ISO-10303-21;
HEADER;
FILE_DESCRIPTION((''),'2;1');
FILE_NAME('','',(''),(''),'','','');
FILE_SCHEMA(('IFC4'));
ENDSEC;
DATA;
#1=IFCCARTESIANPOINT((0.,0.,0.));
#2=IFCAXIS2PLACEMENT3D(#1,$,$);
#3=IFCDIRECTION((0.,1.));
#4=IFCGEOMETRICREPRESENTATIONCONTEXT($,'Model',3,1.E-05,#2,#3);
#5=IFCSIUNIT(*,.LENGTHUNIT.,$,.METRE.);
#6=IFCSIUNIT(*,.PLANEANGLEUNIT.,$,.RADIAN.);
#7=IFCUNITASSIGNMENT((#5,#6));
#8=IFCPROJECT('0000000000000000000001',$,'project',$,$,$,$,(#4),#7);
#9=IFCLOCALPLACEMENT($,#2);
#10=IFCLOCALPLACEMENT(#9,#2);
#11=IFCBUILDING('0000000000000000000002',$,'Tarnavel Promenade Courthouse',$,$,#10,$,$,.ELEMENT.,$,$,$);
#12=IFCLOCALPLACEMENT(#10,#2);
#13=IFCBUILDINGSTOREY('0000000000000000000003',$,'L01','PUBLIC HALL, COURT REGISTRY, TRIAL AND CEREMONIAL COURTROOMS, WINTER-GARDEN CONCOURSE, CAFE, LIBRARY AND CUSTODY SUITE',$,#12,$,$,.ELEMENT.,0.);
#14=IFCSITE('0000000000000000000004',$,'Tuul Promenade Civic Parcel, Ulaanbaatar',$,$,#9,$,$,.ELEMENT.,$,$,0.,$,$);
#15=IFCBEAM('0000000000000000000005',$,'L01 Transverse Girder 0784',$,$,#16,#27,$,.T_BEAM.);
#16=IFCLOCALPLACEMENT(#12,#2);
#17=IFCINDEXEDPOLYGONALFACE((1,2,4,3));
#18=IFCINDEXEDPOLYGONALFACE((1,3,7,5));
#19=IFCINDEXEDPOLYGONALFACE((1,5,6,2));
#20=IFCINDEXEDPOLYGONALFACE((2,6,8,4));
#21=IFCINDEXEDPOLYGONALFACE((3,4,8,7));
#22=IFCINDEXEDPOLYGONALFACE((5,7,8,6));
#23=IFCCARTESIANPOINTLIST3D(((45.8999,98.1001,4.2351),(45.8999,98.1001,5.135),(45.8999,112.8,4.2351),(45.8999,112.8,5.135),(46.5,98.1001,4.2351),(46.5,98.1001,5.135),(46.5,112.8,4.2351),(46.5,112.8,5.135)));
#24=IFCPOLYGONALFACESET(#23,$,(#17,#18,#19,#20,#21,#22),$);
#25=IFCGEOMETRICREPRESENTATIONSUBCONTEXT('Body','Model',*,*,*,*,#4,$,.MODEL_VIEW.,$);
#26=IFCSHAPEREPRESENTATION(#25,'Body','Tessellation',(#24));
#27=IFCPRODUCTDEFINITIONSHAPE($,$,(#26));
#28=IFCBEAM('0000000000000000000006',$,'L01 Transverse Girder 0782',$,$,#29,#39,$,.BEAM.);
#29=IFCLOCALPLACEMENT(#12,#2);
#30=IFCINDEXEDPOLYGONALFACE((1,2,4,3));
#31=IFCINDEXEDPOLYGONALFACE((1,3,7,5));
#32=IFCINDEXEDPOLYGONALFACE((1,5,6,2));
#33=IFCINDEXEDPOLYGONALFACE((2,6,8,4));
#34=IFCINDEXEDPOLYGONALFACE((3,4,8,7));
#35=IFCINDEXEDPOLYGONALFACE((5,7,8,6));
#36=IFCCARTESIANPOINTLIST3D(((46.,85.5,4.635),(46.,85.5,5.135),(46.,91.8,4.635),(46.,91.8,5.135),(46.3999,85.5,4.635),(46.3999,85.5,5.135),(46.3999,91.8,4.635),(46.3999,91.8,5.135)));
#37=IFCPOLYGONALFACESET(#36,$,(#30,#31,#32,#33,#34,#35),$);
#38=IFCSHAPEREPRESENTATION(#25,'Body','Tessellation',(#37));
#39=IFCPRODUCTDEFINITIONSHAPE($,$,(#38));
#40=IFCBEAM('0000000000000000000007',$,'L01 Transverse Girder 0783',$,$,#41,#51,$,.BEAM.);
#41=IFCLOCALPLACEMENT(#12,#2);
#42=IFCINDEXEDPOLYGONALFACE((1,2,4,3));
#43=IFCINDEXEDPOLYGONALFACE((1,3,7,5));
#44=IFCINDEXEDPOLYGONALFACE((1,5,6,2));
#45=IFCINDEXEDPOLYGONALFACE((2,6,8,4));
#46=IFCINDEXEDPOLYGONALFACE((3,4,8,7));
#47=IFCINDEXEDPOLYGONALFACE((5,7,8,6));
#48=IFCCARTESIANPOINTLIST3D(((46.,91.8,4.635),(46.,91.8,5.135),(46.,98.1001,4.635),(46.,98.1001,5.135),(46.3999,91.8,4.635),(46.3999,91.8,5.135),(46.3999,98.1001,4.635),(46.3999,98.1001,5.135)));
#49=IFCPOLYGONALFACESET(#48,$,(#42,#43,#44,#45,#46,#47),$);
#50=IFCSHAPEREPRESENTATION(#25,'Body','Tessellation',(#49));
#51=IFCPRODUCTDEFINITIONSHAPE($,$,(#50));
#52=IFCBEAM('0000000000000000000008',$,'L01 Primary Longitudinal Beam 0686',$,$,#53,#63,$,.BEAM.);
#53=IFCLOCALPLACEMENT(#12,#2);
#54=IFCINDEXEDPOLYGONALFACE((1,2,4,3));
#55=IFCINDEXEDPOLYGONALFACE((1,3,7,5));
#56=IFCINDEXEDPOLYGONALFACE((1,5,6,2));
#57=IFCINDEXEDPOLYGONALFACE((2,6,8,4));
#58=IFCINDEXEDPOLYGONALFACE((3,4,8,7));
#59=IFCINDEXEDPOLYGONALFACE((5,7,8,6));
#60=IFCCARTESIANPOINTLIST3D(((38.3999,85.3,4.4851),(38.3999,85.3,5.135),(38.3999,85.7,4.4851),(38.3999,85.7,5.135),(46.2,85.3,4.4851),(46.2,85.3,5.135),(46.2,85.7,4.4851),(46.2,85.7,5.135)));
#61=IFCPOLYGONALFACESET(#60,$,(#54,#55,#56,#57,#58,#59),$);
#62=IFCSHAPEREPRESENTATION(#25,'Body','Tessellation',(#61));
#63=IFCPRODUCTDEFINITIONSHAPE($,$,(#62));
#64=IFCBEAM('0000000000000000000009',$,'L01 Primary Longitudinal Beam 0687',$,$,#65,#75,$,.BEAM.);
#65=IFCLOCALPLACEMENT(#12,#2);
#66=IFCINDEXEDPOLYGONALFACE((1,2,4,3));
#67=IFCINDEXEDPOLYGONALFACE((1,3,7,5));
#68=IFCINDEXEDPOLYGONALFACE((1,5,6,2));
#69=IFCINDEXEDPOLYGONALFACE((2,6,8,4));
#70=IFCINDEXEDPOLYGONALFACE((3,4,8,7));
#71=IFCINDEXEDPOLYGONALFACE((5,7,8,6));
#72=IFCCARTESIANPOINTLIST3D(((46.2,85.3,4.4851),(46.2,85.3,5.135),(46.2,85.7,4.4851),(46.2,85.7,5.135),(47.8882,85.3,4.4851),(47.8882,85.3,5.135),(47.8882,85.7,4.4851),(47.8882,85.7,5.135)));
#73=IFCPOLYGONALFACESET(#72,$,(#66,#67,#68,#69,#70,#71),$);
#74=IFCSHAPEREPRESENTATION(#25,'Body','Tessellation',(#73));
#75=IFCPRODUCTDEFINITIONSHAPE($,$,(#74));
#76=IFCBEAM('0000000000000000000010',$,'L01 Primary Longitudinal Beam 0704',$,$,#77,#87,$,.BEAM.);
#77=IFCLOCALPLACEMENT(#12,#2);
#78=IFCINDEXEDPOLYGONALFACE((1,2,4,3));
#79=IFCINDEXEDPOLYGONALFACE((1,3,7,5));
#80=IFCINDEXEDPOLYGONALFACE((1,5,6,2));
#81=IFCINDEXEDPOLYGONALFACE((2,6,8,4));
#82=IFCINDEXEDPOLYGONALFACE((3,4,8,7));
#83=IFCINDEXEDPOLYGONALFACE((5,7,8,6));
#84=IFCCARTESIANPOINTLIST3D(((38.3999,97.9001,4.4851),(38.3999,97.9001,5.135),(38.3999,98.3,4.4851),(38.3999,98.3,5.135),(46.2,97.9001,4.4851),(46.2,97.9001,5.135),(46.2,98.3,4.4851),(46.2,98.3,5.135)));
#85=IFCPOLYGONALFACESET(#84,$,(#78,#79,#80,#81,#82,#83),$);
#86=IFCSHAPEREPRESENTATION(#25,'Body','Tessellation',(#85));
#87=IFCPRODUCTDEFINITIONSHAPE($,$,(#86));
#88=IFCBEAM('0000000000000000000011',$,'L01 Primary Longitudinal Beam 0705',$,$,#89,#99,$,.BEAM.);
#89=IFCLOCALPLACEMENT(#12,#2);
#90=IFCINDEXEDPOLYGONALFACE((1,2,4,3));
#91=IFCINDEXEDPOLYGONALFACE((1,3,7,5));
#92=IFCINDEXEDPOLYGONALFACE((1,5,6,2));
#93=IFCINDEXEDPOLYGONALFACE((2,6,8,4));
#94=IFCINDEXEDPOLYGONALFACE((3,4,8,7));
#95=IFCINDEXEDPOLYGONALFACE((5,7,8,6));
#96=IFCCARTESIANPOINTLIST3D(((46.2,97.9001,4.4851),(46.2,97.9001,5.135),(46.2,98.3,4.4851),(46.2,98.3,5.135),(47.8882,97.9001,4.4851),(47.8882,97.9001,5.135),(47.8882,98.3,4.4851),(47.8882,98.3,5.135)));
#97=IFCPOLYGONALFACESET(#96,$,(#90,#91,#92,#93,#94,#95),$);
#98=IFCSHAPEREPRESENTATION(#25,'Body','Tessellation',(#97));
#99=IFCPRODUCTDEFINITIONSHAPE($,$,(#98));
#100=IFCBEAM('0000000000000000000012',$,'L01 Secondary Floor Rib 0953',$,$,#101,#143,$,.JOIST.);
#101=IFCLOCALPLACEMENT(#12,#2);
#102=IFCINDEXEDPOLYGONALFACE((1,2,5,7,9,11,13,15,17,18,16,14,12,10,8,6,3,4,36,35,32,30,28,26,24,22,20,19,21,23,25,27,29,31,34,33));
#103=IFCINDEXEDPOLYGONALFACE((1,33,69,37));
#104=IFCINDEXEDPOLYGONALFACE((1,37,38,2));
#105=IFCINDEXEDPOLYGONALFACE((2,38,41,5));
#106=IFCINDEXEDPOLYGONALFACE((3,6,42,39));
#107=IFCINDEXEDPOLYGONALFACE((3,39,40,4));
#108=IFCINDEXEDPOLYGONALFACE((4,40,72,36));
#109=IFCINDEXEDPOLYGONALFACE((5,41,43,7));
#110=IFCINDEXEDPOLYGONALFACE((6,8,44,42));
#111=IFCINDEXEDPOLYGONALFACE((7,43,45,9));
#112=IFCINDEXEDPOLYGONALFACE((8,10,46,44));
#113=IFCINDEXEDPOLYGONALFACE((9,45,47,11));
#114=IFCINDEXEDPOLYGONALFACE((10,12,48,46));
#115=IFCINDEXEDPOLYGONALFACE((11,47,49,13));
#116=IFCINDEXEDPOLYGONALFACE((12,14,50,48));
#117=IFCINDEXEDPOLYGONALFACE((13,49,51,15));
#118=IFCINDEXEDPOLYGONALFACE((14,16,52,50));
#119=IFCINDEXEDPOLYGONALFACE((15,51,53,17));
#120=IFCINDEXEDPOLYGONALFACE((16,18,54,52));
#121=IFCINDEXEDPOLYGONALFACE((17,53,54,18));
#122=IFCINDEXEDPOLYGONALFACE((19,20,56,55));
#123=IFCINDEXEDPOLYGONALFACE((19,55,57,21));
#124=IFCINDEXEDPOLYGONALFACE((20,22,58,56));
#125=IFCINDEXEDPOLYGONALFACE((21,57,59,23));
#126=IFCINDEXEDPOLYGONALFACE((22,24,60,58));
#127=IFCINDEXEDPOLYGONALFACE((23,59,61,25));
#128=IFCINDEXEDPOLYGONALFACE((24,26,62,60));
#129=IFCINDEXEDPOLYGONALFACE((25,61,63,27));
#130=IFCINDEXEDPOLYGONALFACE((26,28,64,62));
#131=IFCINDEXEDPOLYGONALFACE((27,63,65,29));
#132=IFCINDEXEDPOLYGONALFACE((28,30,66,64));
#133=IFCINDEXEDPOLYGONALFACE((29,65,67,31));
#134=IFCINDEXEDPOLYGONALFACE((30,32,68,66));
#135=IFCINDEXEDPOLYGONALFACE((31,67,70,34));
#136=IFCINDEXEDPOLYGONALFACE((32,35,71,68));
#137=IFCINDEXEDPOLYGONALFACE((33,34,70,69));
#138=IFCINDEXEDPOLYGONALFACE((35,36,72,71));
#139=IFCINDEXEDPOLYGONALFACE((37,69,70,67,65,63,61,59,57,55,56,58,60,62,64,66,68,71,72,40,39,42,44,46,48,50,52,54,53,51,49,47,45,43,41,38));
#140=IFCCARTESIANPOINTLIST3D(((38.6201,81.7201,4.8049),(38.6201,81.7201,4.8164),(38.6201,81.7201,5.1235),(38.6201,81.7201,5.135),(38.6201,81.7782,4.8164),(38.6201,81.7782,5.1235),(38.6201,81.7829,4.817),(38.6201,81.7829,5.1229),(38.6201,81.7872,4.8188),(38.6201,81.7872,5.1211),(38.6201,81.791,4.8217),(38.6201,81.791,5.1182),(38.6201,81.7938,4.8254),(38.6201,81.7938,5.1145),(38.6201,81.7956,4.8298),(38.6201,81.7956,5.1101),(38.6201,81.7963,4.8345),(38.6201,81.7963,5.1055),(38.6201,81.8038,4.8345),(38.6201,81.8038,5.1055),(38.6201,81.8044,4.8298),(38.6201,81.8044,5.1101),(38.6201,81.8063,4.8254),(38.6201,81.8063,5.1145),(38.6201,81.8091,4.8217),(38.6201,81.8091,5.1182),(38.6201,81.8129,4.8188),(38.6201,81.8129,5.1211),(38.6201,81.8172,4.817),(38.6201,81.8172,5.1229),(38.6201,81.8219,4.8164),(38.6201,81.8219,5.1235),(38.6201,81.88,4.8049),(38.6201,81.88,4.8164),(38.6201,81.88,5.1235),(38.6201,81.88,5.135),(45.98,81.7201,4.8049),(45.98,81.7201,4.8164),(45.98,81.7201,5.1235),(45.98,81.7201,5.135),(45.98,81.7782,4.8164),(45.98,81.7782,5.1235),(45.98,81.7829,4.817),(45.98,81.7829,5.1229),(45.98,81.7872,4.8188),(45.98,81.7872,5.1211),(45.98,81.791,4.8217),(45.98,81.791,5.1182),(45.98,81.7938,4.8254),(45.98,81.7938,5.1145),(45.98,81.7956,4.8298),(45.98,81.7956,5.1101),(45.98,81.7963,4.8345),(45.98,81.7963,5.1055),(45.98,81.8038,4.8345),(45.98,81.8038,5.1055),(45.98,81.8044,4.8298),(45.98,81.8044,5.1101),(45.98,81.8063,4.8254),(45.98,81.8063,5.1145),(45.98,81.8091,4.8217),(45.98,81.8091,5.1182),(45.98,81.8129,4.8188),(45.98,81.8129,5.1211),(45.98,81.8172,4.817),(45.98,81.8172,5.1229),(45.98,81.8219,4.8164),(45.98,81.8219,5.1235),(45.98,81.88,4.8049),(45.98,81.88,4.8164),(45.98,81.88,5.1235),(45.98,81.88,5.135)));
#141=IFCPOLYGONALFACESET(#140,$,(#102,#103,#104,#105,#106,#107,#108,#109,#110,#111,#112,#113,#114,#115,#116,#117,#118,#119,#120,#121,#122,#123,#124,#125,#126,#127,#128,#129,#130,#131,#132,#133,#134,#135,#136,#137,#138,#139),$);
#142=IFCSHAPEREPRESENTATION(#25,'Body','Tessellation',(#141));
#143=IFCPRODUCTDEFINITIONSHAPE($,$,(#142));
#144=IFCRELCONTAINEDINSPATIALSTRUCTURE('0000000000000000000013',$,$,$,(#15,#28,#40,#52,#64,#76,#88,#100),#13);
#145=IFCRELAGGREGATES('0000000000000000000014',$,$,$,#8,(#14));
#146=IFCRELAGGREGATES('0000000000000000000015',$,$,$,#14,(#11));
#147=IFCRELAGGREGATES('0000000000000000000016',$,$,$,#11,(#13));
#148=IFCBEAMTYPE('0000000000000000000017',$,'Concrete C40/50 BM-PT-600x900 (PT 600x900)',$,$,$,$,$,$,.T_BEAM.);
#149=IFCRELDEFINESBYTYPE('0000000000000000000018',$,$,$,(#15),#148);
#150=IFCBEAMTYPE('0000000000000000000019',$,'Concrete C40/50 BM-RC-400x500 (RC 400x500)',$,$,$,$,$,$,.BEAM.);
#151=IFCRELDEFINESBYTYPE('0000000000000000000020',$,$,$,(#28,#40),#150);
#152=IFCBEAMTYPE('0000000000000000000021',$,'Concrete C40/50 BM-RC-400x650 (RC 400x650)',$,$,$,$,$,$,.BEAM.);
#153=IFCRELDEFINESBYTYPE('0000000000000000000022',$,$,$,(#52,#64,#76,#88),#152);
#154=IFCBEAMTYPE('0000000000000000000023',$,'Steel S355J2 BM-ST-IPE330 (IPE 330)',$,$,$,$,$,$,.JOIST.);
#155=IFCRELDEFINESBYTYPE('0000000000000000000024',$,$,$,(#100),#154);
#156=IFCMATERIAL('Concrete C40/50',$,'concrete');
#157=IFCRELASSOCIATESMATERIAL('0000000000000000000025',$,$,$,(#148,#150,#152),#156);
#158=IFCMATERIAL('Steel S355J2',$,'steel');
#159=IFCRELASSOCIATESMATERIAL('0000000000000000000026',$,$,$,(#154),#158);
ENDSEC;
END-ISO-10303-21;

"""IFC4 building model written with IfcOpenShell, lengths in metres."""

from ifc_helpers import new_model, si_unit, direction, frame, origin, origin_2d, place, context, subcontext, project, spatial, rectangle, i_section, extrude, material, material_profile, profile_set, type_object, element, save


model = new_model("IFC4")

# Units and contexts
model_context = context("Model", 3, precision=1e-05, world=origin(), true_north=direction((0.0, 1.0)))
body_context = subcontext(model_context, "Body", "Model", "MODEL_VIEW")
ifc_project = project(units=[si_unit("LENGTHUNIT", "METRE"), si_unit("PLANEANGLEUNIT", "RADIAN")], contexts=[model_context])

# Site, building, storey
site_placement = place(None, origin())
site = spatial("IfcSite", under=ifc_project, at=site_placement, Name="Tuul Promenade Civic Parcel, Ulaanbaatar", CompositionType="ELEMENT", RefElevation=0.0)
building_placement = place(site_placement, origin())
building = spatial("IfcBuilding", under=site, at=building_placement, Name="Tarnavel Promenade Courthouse", CompositionType="ELEMENT")
storey_placement = place(building_placement, origin())
storey = spatial("IfcBuildingStorey", under=building, at=storey_placement, Name="L01", Description="PUBLIC HALL, COURT REGISTRY, TRIAL AND CEREMONIAL COURTROOMS, WINTER-GARDEN CONCOURSE, CAFE, LIBRARY AND CUSTODY SUITE", CompositionType="ELEMENT", Elevation=0.0)

# Shared definitions
ifc_material_1 = material(Name="Concrete C40/50", Category="concrete")

# Beams
ifc_material_profile_1 = material_profile(ifc_material_1, rectangle(XDim=0.6001, YDim=0.8999, at=origin_2d()), Name="PT 600x900")
ifc_profile_set_1 = profile_set([ifc_material_profile_1], Name="Concrete C40/50")
beam_type_1 = type_object("IfcBeamType", Name="Concrete C40/50 BM-PT-600x900 (PT 600x900)", PredefinedType="T_BEAM", material=ifc_profile_set_1)
for number, where, z_axis, x_axis, name in (
    (1, (46.2, 98.1001, 4.6851), (0.0, 1.0, 0.0), (-1.0, 0.0, 0.0), "L01 Transverse Girder 0784"),
):
    element("IfcBeam", number, at=place(storey_placement, frame(where, z_axis=z_axis, x_axis=x_axis)), inside=storey, type_object=beam_type_1, Name=name, PredefinedType="T_BEAM", context=body_context, shape_type="SweptSolid", body=[
        extrude(rectangle(XDim=0.6001, YDim=0.8999, at=origin_2d()), origin(), (0.0, 0.0, 1.0), 14.7),
    ])
ifc_material_profile_2 = material_profile(ifc_material_1, rectangle(XDim=0.3999, YDim=0.5, at=origin_2d()), Name="RC 400x500")
ifc_profile_set_2 = profile_set([ifc_material_profile_2], Name="Concrete C40/50")
beam_type_2 = type_object("IfcBeamType", Name="Concrete C40/50 BM-RC-400x500 (RC 400x500)", PredefinedType="BEAM", material=ifc_profile_set_2)
for number, where, z_axis, x_axis, name in (
    (2, (46.2, 85.5, 4.885), (0.0, 1.0, 0.0), (-1.0, 0.0, 0.0), "L01 Transverse Girder 0782"),
    (3, (46.2, 91.8, 4.885), (0.0, 1.0, 0.0), (-1.0, 0.0, 0.0), "L01 Transverse Girder 0783"),
):
    element("IfcBeam", number, at=place(storey_placement, frame(where, z_axis=z_axis, x_axis=x_axis)), inside=storey, type_object=beam_type_2, Name=name, PredefinedType="BEAM", context=body_context, shape_type="SweptSolid", body=[
        extrude(rectangle(XDim=0.3999, YDim=0.5, at=origin_2d()), origin(), (0.0, 0.0, 1.0), 6.3),
    ])
ifc_material_profile_3 = material_profile(ifc_material_1, rectangle(XDim=0.3999, YDim=0.6499, at=origin_2d()), Name="RC 400x650")
ifc_profile_set_3 = profile_set([ifc_material_profile_3], Name="Concrete C40/50")
beam_type_3 = type_object("IfcBeamType", Name="Concrete C40/50 BM-RC-400x650 (RC 400x650)", PredefinedType="BEAM", material=ifc_profile_set_3)
beam_1_placement = place(storey_placement, frame((38.3999, 85.5, 4.8101), z_axis=(1.0, 0.0, 0.0), x_axis=(0.0, 1.0, 0.0)))
element("IfcBeam", 4, at=beam_1_placement, inside=storey, type_object=beam_type_3, Name="L01 Primary Longitudinal Beam 0686", PredefinedType="BEAM", context=body_context, shape_type="SweptSolid", body=[
    extrude(rectangle(XDim=0.3999, YDim=0.6499, at=origin_2d()), origin(), (0.0, 0.0, 1.0), 7.8),
])
beam_2_placement = place(storey_placement, frame((46.2, 85.5, 4.8101), z_axis=(1.0, 0.0, 0.0), x_axis=(0.0, 1.0, 0.0)))
element("IfcBeam", 5, at=beam_2_placement, inside=storey, type_object=beam_type_3, Name="L01 Primary Longitudinal Beam 0687", PredefinedType="BEAM", context=body_context, shape_type="SweptSolid", body=[
    extrude(rectangle(XDim=0.3999, YDim=0.6499, at=origin_2d()), origin(), (0.0, 0.0, 1.0), 1.6882),
])
beam_3_placement = place(storey_placement, frame((38.3999, 98.1001, 4.8101), z_axis=(1.0, 0.0, 0.0), x_axis=(0.0, 1.0, 0.0)))
element("IfcBeam", 6, at=beam_3_placement, inside=storey, type_object=beam_type_3, Name="L01 Primary Longitudinal Beam 0704", PredefinedType="BEAM", context=body_context, shape_type="SweptSolid", body=[
    extrude(rectangle(XDim=0.3999, YDim=0.6499, at=origin_2d()), origin(), (0.0, 0.0, 1.0), 7.8),
])
beam_4_placement = place(storey_placement, frame((46.2, 98.1001, 4.8101), z_axis=(1.0, 0.0, 0.0), x_axis=(0.0, 1.0, 0.0)))
element("IfcBeam", 7, at=beam_4_placement, inside=storey, type_object=beam_type_3, Name="L01 Primary Longitudinal Beam 0705", PredefinedType="BEAM", context=body_context, shape_type="SweptSolid", body=[
    extrude(rectangle(XDim=0.3999, YDim=0.6499, at=origin_2d()), origin(), (0.0, 0.0, 1.0), 1.6882),
])
ifc_material_2 = material(Name="Steel S355J2", Category="steel")
ifc_material_profile_4 = material_profile(ifc_material_2, i_section(OverallWidth=0.1599, OverallDepth=0.3301, WebThickness=0.0076, FlangeThickness=0.0115, FilletRadius=0.0181, at=origin_2d()), Name="IPE 330")
ifc_profile_set_4 = profile_set([ifc_material_profile_4], Name="Steel S355J2")
beam_type_4 = type_object("IfcBeamType", Name="Steel S355J2 BM-ST-IPE330 (IPE 330)", PredefinedType="JOIST", material=ifc_profile_set_4)
beam_5_placement = place(storey_placement, frame((38.6201, 81.8, 4.97), z_axis=(1.0, 0.0, 0.0), x_axis=(0.0, 1.0, 0.0)))
element("IfcBeam", 8, at=beam_5_placement, inside=storey, type_object=beam_type_4, Name="L01 Secondary Floor Rib 0953", PredefinedType="JOIST", context=body_context, shape_type="SweptSolid", body=[
    extrude(i_section(OverallWidth=0.1599, OverallDepth=0.3301, WebThickness=0.0076, FlangeThickness=0.0115, FilletRadius=0.0181, at=origin_2d()), origin(), (0.0, 0.0, 1.0), 7.3599),
])

save(model, "model.ifc")
